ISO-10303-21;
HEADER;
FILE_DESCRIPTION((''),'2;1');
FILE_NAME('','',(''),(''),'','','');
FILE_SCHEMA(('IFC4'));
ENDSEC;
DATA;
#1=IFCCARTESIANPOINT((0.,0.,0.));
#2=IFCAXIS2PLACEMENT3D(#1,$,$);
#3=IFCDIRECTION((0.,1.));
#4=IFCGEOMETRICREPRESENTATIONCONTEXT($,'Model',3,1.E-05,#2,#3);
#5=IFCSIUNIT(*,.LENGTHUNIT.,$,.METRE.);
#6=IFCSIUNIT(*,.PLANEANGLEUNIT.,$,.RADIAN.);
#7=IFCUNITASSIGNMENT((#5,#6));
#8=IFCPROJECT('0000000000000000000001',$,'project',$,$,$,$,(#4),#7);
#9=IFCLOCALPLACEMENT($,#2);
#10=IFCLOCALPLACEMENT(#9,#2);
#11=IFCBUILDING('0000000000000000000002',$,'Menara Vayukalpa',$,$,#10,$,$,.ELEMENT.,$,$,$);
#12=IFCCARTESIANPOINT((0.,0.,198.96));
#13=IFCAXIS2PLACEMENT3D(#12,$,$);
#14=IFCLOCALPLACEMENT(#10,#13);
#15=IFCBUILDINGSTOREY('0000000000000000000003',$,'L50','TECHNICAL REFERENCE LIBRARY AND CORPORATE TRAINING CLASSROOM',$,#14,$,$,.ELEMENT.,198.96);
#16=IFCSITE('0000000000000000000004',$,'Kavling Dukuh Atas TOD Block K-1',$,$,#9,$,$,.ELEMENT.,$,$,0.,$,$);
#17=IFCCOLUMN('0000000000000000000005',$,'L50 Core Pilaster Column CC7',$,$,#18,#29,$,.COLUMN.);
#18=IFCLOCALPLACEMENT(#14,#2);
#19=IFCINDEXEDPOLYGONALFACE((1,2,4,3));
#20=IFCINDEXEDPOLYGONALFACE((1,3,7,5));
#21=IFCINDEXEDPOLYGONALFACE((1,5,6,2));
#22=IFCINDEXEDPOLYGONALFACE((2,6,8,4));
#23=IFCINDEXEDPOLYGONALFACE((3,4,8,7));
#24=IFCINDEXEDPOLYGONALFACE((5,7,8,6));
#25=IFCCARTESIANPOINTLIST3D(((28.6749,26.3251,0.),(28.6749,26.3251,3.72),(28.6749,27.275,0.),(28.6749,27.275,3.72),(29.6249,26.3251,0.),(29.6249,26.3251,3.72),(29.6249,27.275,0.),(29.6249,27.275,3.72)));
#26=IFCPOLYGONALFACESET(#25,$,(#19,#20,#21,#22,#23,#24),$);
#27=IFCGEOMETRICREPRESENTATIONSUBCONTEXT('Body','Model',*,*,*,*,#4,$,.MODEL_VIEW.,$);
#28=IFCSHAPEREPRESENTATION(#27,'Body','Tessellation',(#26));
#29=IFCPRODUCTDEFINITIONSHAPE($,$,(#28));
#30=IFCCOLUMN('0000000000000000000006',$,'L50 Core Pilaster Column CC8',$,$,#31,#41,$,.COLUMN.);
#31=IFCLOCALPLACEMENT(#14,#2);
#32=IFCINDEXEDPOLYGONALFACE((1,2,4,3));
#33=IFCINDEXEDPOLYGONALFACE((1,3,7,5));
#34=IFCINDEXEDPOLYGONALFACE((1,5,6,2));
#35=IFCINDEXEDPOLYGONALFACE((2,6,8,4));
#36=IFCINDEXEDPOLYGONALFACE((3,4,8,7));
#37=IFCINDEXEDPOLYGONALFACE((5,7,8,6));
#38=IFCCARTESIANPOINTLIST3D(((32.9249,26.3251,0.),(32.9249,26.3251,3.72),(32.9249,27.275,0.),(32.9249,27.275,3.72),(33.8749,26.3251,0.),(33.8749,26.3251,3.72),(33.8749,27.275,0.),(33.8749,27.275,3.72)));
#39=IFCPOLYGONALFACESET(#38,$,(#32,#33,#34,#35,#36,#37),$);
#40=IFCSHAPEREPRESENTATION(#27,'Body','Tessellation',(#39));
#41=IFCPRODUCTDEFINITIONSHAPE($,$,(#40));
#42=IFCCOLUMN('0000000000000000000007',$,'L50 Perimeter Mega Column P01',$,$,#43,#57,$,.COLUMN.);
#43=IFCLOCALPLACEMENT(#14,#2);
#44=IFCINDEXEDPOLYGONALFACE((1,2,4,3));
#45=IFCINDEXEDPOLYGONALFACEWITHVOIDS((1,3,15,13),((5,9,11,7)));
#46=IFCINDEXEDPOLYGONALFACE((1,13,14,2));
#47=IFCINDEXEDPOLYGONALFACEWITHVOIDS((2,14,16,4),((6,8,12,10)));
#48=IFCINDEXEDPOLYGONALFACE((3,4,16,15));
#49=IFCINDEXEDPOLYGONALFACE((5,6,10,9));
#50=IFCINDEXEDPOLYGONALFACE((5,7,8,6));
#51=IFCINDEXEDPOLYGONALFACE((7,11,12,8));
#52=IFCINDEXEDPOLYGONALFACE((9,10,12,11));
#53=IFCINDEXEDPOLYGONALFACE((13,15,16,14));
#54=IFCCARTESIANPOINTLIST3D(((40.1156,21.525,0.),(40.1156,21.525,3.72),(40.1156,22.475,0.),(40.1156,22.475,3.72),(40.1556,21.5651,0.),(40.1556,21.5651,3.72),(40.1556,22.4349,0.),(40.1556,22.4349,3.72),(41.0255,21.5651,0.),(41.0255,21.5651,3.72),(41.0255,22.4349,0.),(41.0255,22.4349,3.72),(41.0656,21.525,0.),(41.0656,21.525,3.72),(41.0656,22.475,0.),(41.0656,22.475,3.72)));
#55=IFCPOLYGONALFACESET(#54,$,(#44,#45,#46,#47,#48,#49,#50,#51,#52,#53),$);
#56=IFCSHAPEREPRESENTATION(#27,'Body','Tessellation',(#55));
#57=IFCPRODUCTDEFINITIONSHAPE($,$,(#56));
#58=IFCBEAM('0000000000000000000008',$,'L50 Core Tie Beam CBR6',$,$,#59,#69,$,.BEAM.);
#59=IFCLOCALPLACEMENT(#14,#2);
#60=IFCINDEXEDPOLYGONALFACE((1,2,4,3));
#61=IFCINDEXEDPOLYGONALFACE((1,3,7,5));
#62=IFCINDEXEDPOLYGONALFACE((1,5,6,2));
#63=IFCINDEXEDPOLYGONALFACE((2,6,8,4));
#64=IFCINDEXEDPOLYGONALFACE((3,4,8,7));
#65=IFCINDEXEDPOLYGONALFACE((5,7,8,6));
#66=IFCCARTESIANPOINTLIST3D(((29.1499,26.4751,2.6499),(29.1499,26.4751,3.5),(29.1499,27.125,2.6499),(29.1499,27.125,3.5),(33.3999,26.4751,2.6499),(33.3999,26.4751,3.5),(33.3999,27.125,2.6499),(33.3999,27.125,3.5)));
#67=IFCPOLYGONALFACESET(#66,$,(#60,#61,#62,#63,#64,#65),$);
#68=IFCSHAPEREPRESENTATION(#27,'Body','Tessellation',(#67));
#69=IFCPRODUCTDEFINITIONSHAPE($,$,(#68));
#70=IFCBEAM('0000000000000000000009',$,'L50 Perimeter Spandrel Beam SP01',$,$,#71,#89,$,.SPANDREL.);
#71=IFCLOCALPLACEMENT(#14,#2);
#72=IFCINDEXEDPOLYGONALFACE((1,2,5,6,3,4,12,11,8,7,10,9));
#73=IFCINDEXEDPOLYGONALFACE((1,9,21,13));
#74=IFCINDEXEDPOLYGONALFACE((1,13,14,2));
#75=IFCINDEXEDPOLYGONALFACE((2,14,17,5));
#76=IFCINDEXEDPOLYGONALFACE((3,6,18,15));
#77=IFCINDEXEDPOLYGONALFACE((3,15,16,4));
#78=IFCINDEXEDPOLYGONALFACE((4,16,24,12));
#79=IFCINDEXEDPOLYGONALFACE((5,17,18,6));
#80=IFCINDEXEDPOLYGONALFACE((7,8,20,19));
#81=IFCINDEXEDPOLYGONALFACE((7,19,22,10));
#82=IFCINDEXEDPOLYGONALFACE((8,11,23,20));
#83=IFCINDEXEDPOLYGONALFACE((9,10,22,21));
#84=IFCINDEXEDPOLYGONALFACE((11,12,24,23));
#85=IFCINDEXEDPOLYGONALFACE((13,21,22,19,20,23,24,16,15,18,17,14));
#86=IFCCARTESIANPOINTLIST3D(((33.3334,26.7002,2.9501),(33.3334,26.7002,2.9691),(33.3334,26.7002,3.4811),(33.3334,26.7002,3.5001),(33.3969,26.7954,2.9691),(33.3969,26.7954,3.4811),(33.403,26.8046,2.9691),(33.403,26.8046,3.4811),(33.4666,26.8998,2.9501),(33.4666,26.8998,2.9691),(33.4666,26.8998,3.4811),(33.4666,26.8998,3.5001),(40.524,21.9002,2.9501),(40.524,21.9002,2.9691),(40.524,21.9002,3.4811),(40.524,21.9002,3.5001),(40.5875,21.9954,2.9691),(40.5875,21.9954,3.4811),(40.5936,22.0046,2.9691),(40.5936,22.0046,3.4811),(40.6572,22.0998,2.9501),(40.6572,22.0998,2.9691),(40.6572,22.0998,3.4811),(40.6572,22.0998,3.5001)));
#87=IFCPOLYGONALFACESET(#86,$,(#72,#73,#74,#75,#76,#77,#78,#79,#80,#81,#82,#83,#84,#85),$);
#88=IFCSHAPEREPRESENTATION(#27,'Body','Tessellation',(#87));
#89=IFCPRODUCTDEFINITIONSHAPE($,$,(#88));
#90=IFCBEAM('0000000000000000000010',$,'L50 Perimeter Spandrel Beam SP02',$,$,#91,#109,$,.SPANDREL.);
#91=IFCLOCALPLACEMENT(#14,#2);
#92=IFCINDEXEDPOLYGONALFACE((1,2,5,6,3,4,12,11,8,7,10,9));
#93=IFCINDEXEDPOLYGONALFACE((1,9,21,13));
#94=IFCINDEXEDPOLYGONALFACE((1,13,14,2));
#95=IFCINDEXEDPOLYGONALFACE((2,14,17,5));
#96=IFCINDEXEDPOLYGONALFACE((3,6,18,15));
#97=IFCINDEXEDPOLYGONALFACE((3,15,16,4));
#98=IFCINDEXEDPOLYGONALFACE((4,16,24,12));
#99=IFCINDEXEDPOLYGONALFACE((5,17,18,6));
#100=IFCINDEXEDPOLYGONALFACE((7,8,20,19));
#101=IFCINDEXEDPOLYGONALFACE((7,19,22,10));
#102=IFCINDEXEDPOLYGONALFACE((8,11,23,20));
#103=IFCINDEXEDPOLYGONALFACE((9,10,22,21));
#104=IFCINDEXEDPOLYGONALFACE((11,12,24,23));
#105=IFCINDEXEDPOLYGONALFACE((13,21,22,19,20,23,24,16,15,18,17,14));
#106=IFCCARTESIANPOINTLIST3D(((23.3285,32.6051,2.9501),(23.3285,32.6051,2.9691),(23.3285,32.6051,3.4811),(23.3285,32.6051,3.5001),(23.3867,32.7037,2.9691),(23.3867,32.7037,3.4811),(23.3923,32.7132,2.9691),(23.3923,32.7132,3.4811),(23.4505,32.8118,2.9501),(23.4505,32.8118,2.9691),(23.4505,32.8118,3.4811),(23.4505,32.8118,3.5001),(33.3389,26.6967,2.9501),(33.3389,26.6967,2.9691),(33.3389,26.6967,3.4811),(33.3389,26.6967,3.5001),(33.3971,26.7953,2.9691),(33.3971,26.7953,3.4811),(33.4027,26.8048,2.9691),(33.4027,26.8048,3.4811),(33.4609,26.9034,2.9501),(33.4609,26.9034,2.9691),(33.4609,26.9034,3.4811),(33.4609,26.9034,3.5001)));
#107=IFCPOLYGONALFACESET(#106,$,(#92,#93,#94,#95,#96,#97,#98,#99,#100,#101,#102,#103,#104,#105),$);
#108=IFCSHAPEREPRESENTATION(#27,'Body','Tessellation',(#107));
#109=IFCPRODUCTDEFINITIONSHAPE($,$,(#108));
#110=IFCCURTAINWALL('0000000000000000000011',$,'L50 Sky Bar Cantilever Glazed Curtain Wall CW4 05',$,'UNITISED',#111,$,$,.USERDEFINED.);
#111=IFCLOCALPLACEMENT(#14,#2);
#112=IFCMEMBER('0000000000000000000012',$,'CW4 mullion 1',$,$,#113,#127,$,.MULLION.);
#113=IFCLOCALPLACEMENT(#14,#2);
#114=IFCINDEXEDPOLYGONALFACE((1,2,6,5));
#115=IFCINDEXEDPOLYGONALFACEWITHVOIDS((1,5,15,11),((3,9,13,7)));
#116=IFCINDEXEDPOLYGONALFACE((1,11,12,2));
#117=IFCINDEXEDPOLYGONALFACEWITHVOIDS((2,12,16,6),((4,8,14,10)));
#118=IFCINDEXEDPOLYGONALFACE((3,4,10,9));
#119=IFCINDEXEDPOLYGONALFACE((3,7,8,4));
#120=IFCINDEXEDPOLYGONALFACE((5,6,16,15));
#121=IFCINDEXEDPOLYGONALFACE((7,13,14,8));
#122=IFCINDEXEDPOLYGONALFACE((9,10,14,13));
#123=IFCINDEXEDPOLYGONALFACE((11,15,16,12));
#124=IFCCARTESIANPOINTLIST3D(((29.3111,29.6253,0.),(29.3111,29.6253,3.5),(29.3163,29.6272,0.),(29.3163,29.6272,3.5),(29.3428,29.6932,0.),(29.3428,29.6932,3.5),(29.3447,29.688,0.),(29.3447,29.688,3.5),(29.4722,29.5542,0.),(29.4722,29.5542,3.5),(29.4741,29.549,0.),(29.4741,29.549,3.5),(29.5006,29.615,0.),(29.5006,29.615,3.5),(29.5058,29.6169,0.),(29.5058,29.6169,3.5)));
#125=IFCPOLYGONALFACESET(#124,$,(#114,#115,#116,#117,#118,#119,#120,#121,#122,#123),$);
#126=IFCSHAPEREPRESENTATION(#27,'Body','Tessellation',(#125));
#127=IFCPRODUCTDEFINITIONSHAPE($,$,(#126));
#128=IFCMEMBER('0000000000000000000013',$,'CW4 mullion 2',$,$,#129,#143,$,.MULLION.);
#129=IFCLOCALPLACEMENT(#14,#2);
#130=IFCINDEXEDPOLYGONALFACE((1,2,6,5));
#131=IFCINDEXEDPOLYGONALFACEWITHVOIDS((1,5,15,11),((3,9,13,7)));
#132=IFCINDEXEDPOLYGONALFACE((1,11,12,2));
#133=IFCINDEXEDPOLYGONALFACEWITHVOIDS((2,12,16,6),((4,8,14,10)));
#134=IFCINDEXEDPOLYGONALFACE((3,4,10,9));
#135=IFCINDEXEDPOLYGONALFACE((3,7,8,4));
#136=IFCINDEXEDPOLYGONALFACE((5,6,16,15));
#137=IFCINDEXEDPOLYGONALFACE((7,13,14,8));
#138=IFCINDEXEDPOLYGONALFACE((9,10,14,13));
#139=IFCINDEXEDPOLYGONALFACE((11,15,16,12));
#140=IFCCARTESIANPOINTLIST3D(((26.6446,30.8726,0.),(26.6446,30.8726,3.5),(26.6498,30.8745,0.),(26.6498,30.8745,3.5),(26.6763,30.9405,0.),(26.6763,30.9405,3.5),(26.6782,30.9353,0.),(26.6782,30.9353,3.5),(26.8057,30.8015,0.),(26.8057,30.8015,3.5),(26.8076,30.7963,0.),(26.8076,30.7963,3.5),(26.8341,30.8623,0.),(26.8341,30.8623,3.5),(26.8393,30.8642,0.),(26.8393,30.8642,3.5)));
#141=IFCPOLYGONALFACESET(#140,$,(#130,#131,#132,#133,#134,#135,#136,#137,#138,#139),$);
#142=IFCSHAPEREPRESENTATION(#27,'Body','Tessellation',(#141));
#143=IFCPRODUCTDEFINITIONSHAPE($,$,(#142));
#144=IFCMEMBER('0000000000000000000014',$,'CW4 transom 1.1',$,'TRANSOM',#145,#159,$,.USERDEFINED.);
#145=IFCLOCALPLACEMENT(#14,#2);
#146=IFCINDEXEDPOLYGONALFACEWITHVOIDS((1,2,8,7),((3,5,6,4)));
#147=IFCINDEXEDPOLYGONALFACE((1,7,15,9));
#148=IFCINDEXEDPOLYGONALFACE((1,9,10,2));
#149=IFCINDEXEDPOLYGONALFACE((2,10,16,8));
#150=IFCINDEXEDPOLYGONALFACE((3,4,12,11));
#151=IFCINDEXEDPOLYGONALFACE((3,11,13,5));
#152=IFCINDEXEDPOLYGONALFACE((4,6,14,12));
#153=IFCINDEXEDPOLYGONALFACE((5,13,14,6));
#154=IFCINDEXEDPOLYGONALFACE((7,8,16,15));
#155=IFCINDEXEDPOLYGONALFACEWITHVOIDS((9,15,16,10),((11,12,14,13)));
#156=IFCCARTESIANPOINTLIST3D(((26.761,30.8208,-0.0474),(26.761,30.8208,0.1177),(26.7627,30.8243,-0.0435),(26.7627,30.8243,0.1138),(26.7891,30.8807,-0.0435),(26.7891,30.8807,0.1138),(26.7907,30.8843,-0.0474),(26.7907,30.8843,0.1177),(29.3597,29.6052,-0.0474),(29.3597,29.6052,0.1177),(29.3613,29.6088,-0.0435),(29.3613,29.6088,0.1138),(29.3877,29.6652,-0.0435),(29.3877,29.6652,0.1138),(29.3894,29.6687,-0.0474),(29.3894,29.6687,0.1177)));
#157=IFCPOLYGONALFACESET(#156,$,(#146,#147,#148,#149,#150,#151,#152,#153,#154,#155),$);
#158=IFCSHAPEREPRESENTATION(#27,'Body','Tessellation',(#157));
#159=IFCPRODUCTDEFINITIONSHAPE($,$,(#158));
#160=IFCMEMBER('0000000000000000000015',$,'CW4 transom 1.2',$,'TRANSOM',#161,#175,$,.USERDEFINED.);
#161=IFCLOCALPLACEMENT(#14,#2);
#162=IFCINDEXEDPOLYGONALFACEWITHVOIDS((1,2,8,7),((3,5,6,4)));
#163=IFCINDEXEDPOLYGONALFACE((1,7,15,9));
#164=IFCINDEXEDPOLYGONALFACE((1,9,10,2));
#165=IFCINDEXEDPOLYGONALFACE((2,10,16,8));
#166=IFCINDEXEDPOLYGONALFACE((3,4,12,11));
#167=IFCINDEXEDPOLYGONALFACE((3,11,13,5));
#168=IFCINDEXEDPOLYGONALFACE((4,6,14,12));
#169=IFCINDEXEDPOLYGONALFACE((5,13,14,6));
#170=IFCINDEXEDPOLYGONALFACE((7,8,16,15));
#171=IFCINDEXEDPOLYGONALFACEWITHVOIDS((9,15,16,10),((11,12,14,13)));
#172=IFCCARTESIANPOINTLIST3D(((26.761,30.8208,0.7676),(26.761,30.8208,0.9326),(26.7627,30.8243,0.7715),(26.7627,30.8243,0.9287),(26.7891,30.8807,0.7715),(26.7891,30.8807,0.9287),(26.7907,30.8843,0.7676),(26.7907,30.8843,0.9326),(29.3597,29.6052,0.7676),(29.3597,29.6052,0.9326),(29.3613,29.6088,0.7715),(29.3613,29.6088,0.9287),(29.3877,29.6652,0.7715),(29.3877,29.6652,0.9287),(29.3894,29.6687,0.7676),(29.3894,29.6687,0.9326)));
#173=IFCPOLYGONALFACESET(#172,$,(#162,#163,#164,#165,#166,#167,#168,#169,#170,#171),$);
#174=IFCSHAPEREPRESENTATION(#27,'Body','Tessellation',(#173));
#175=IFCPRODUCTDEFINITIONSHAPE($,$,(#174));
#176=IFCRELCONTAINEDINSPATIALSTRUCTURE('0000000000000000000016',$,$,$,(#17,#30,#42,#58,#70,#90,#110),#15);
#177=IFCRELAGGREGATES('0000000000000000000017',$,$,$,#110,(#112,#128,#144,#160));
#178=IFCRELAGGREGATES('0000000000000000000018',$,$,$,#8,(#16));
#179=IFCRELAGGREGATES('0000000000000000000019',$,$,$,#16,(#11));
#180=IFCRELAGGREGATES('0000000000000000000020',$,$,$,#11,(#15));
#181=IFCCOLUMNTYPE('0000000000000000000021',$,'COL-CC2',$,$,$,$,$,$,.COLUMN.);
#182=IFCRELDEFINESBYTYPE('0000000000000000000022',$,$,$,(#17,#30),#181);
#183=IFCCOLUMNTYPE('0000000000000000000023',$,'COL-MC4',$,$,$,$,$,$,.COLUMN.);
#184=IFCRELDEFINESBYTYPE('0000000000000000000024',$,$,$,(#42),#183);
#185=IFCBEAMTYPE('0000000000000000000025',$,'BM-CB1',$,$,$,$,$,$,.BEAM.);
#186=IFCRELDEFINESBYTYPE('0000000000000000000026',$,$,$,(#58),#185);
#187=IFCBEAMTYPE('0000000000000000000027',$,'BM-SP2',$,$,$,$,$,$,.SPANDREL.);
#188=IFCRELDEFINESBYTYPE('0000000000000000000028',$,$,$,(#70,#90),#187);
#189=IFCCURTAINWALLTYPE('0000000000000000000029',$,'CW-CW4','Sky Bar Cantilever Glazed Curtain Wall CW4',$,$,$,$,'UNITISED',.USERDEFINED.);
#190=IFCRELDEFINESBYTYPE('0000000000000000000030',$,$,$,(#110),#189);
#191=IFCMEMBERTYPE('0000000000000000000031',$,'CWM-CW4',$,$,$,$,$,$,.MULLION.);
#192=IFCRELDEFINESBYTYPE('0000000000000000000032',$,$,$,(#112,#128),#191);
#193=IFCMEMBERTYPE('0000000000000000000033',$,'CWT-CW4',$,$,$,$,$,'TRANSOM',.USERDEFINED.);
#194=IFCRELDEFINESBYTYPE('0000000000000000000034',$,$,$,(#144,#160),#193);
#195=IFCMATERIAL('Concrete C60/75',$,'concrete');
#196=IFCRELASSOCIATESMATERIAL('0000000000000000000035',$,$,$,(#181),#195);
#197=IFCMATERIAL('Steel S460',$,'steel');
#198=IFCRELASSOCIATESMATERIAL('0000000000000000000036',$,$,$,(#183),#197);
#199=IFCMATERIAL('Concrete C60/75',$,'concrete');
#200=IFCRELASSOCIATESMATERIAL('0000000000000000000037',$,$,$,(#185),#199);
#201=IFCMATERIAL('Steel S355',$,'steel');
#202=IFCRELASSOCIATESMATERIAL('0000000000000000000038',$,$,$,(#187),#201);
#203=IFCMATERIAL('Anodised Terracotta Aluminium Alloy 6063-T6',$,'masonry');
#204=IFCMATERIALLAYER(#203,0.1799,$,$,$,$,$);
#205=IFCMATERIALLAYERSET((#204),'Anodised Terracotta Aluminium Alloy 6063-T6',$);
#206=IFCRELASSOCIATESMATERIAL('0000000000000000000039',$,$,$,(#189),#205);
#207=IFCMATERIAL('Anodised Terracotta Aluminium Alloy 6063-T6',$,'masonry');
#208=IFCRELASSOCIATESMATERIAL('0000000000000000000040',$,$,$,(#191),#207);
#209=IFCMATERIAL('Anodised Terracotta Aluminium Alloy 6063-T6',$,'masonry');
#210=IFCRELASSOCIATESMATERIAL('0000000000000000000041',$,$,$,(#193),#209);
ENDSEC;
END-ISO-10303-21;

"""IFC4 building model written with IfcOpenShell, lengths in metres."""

from ifc_helpers import new_model, si_unit, direction, frame, origin, origin_2d, place, context, subcontext, project, spatial, rectangle, hollow_rectangle, i_section, extrude, material, layer, layer_set, material_profile, profile_set, type_object, element, aggregate, save


model = new_model("IFC4")

# Units and contexts
model_context = context("Model", 3, precision=1e-05, world=origin(), true_north=direction((0.0, 1.0)))
body_context = subcontext(model_context, "Body", "Model", "MODEL_VIEW")
ifc_project = project(units=[si_unit("LENGTHUNIT", "METRE"), si_unit("PLANEANGLEUNIT", "RADIAN")], contexts=[model_context])

# Site, building, storey
site_placement = place(None, origin())
site = spatial("IfcSite", under=ifc_project, at=site_placement, Name="Kavling Dukuh Atas TOD Block K-1", CompositionType="ELEMENT", RefElevation=0.0)
building_placement = place(site_placement, origin())
building = spatial("IfcBuilding", under=site, at=building_placement, Name="Menara Vayukalpa", CompositionType="ELEMENT")
storey_placement = place(building_placement, frame((0.0, 0.0, 198.96)))
storey = spatial("IfcBuildingStorey", under=building, at=storey_placement, Name="L50", Description="TECHNICAL REFERENCE LIBRARY AND CORPORATE TRAINING CLASSROOM", CompositionType="ELEMENT", Elevation=198.96)

# Columns
ifc_material_1 = material(Name="Concrete C60/75", Category="concrete")
ifc_material_profile_1 = material_profile(ifc_material_1, rectangle(XDim=0.95, YDim=0.95, at=origin_2d()), Name="RC 950x950")
ifc_profile_set_1 = profile_set([ifc_material_profile_1], Name="Concrete C60/75")
column_type_1 = type_object("IfcColumnType", Name="COL-CC2", PredefinedType="COLUMN", material=ifc_profile_set_1)
for number, where, z_axis, x_axis, name in (
    (1, (29.1499, 26.8, 0.0), (0.0, 0.0, 1.0), (1.0, 0.0, 0.0), "L50 Core Pilaster Column CC7"),
    (2, (33.3999, 26.8, 0.0), (0.0, 0.0, 1.0), (1.0, 0.0, 0.0), "L50 Core Pilaster Column CC8"),
):
    element("IfcColumn", number, at=place(storey_placement, frame(where, z_axis=z_axis, x_axis=x_axis)), inside=storey, type_object=column_type_1, Name=name, PredefinedType="COLUMN", context=body_context, shape_type="SweptSolid", body=[
        extrude(rectangle(XDim=0.95, YDim=0.95, at=origin_2d()), origin(), (0.0, 0.0, 1.0), 3.72),
    ])
ifc_material_2 = material(Name="Steel S460", Category="steel")
ifc_material_profile_2 = material_profile(ifc_material_2, hollow_rectangle(XDim=0.95, YDim=0.95, WallThickness=0.04, at=origin_2d()), Name="BOX 950x950x40")
ifc_profile_set_2 = profile_set([ifc_material_profile_2], Name="Steel S460")
column_type_2 = type_object("IfcColumnType", Name="COL-MC4", PredefinedType="COLUMN", material=ifc_profile_set_2)
column_placement = place(storey_placement, frame((40.5906, 22.0, 0.0), z_axis=(0.0, 0.0, 1.0), x_axis=(1.0, 0.0, 0.0)))
element("IfcColumn", 3, at=column_placement, inside=storey, type_object=column_type_2, Name="L50 Perimeter Mega Column P01", PredefinedType="COLUMN", context=body_context, shape_type="SweptSolid", body=[
    extrude(hollow_rectangle(XDim=0.95, YDim=0.95, WallThickness=0.04, at=origin_2d()), origin(), (0.0, 0.0, 1.0), 3.72),
])

# Beams
ifc_material_3 = material(Name="Concrete C60/75", Category="concrete")
ifc_material_profile_3 = material_profile(ifc_material_3, rectangle(XDim=0.6499, YDim=0.8501, at=origin_2d()), Name="RC 650x850")
ifc_profile_set_3 = profile_set([ifc_material_profile_3], Name="Concrete C60/75")
beam_type_1 = type_object("IfcBeamType", Name="BM-CB1", PredefinedType="BEAM", material=ifc_profile_set_3)
beam_1_placement = place(storey_placement, frame((29.1499, 26.8, 3.075), z_axis=(1.0, 0.0, 0.0), x_axis=(0.0, 1.0, 0.0)))
element("IfcBeam", 4, at=beam_1_placement, inside=storey, type_object=beam_type_1, Name="L50 Core Tie Beam CBR6", PredefinedType="BEAM", context=body_context, shape_type="SweptSolid", body=[
    extrude(rectangle(XDim=0.6499, YDim=0.8501, at=origin_2d()), origin(), (0.0, 0.0, 1.0), 4.25),
])
ifc_material_4 = material(Name="Steel S355", Category="steel")
ifc_material_profile_4 = material_profile(ifc_material_4, i_section(OverallWidth=0.24, OverallDepth=0.55, WebThickness=0.011, FlangeThickness=0.019, at=origin_2d()), Name="WF 550x240x11x19")
ifc_profile_set_4 = profile_set([ifc_material_profile_4], Name="Steel S355")
beam_type_2 = type_object("IfcBeamType", Name="BM-SP2", PredefinedType="SPANDREL", material=ifc_profile_set_4)
beam_2_placement = place(storey_placement, frame((40.5906, 22.0, 3.2251), z_axis=(-0.831716, 0.555202, 0.0), x_axis=(-0.555202, -0.831716, 0.0)))
element("IfcBeam", 5, at=beam_2_placement, inside=storey, type_object=beam_type_2, Name="L50 Perimeter Spandrel Beam SP01", PredefinedType="SPANDREL", context=body_context, shape_type="SweptSolid", body=[
    extrude(i_section(OverallWidth=0.24, OverallDepth=0.55, WebThickness=0.011, FlangeThickness=0.019, at=origin_2d()), origin(), (0.0, 0.0, 1.0), 8.6455),
])
beam_3_placement = place(storey_placement, frame((33.3999, 26.8, 3.2251), z_axis=(-0.861184, 0.508293, 0.0), x_axis=(-0.508293, -0.861184, 0.0)))
element("IfcBeam", 6, at=beam_3_placement, inside=storey, type_object=beam_type_2, Name="L50 Perimeter Spandrel Beam SP02", PredefinedType="SPANDREL", context=body_context, shape_type="SweptSolid", body=[
    extrude(i_section(OverallWidth=0.24, OverallDepth=0.55, WebThickness=0.011, FlangeThickness=0.019, at=origin_2d()), origin(), (0.0, 0.0, 1.0), 11.624),
])

# Curtain wall, members
ifc_material_5 = material(Name="Anodised Terracotta Aluminium Alloy 6063-T6", Category="masonry")
ifc_layer_1 = layer(ifc_material_5, 0.1799)
ifc_layer_set_1 = layer_set([ifc_layer_1], Name="Anodised Terracotta Aluminium Alloy 6063-T6")
curtain_wall_type = type_object("IfcCurtainWallType", Name="CW-CW4", Description="Sky Bar Cantilever Glazed Curtain Wall CW4", ElementType="UNITISED", PredefinedType="USERDEFINED", material=ifc_layer_set_1)
curtain_wall_placement = place(storey_placement, origin())
curtain_wall = element("IfcCurtainWall", 7, at=curtain_wall_placement, inside=storey, type_object=curtain_wall_type, Name="L50 Sky Bar Cantilever Glazed Curtain Wall CW4 05", ObjectType="UNITISED", PredefinedType="USERDEFINED")
ifc_material_6 = material(Name="Anodised Terracotta Aluminium Alloy 6063-T6", Category="masonry")
ifc_material_profile_5 = material_profile(ifc_material_6, hollow_rectangle(XDim=0.075, YDim=0.1799, WallThickness=0.0039, at=origin_2d()), Name="ALU 75x180x4")
ifc_profile_set_5 = profile_set([ifc_material_profile_5], Name="Anodised Terracotta Aluminium Alloy 6063-T6")
member_type_1 = type_object("IfcMemberType", Name="CWM-CW4", PredefinedType="MULLION", material=ifc_profile_set_5)
member_1_placement = place(storey_placement, frame((29.4084, 29.6211, 0.0), z_axis=(0.0, 0.0, 1.0), x_axis=(-0.423744, -0.905782, 0.0)))
member_1 = element("IfcMember", 8, at=member_1_placement, type_object=member_type_1, Name="CW4 mullion 1", PredefinedType="MULLION", context=body_context, shape_type="SweptSolid", body=[
    extrude(hollow_rectangle(XDim=0.075, YDim=0.1799, WallThickness=0.0039, at=origin_2d()), origin(), (0.0, 0.0, 1.0), 3.5),
])
member_2_placement = place(storey_placement, frame((26.7419, 30.8684, 0.0), z_axis=(0.0, 0.0, 1.0), x_axis=(-0.423744, -0.905782, 0.0)))
member_2 = element("IfcMember", 9, at=member_2_placement, type_object=member_type_1, Name="CW4 mullion 2", PredefinedType="MULLION", context=body_context, shape_type="SweptSolid", body=[
    extrude(hollow_rectangle(XDim=0.075, YDim=0.1799, WallThickness=0.0039, at=origin_2d()), origin(), (0.0, 0.0, 1.0), 3.5),
])
ifc_material_7 = material(Name="Anodised Terracotta Aluminium Alloy 6063-T6", Category="masonry")
ifc_material_profile_6 = material_profile(ifc_material_7, hollow_rectangle(XDim=0.0701, YDim=0.165, WallThickness=0.0039, at=origin_2d()), Name="ALU 70x165x4")
ifc_profile_set_6 = profile_set([ifc_material_profile_6], Name="Anodised Terracotta Aluminium Alloy 6063-T6")
member_type_2 = type_object("IfcMemberType", Name="CWT-CW4", ElementType="TRANSOM", PredefinedType="USERDEFINED", material=ifc_profile_set_6)
member_3_placement = place(storey_placement, frame((29.3745, 29.637, 0.0352), z_axis=(-0.905798, 0.42371, 0.0), x_axis=(-0.42371, -0.905798, 0.0)))
member_3 = element("IfcMember", 10, at=member_3_placement, type_object=member_type_2, Name="CW4 transom 1.1", ObjectType="TRANSOM", PredefinedType="USERDEFINED", context=body_context, shape_type="SweptSolid", body=[
    extrude(hollow_rectangle(XDim=0.0701, YDim=0.165, WallThickness=0.0039, at=origin_2d()), origin(), (0.0, 0.0, 1.0), 2.8689),
])
member_4_placement = place(storey_placement, frame((29.3745, 29.637, 0.8501), z_axis=(-0.905798, 0.42371, 0.0), x_axis=(-0.42371, -0.905798, 0.0)))
member_4 = element("IfcMember", 11, at=member_4_placement, type_object=member_type_2, Name="CW4 transom 1.2", ObjectType="TRANSOM", PredefinedType="USERDEFINED", context=body_context, shape_type="SweptSolid", body=[
    extrude(hollow_rectangle(XDim=0.0701, YDim=0.165, WallThickness=0.0039, at=origin_2d()), origin(), (0.0, 0.0, 1.0), 2.8689),
])
aggregate(curtain_wall, [member_1, member_2, member_3, member_4])

save(model, "model.ifc")
